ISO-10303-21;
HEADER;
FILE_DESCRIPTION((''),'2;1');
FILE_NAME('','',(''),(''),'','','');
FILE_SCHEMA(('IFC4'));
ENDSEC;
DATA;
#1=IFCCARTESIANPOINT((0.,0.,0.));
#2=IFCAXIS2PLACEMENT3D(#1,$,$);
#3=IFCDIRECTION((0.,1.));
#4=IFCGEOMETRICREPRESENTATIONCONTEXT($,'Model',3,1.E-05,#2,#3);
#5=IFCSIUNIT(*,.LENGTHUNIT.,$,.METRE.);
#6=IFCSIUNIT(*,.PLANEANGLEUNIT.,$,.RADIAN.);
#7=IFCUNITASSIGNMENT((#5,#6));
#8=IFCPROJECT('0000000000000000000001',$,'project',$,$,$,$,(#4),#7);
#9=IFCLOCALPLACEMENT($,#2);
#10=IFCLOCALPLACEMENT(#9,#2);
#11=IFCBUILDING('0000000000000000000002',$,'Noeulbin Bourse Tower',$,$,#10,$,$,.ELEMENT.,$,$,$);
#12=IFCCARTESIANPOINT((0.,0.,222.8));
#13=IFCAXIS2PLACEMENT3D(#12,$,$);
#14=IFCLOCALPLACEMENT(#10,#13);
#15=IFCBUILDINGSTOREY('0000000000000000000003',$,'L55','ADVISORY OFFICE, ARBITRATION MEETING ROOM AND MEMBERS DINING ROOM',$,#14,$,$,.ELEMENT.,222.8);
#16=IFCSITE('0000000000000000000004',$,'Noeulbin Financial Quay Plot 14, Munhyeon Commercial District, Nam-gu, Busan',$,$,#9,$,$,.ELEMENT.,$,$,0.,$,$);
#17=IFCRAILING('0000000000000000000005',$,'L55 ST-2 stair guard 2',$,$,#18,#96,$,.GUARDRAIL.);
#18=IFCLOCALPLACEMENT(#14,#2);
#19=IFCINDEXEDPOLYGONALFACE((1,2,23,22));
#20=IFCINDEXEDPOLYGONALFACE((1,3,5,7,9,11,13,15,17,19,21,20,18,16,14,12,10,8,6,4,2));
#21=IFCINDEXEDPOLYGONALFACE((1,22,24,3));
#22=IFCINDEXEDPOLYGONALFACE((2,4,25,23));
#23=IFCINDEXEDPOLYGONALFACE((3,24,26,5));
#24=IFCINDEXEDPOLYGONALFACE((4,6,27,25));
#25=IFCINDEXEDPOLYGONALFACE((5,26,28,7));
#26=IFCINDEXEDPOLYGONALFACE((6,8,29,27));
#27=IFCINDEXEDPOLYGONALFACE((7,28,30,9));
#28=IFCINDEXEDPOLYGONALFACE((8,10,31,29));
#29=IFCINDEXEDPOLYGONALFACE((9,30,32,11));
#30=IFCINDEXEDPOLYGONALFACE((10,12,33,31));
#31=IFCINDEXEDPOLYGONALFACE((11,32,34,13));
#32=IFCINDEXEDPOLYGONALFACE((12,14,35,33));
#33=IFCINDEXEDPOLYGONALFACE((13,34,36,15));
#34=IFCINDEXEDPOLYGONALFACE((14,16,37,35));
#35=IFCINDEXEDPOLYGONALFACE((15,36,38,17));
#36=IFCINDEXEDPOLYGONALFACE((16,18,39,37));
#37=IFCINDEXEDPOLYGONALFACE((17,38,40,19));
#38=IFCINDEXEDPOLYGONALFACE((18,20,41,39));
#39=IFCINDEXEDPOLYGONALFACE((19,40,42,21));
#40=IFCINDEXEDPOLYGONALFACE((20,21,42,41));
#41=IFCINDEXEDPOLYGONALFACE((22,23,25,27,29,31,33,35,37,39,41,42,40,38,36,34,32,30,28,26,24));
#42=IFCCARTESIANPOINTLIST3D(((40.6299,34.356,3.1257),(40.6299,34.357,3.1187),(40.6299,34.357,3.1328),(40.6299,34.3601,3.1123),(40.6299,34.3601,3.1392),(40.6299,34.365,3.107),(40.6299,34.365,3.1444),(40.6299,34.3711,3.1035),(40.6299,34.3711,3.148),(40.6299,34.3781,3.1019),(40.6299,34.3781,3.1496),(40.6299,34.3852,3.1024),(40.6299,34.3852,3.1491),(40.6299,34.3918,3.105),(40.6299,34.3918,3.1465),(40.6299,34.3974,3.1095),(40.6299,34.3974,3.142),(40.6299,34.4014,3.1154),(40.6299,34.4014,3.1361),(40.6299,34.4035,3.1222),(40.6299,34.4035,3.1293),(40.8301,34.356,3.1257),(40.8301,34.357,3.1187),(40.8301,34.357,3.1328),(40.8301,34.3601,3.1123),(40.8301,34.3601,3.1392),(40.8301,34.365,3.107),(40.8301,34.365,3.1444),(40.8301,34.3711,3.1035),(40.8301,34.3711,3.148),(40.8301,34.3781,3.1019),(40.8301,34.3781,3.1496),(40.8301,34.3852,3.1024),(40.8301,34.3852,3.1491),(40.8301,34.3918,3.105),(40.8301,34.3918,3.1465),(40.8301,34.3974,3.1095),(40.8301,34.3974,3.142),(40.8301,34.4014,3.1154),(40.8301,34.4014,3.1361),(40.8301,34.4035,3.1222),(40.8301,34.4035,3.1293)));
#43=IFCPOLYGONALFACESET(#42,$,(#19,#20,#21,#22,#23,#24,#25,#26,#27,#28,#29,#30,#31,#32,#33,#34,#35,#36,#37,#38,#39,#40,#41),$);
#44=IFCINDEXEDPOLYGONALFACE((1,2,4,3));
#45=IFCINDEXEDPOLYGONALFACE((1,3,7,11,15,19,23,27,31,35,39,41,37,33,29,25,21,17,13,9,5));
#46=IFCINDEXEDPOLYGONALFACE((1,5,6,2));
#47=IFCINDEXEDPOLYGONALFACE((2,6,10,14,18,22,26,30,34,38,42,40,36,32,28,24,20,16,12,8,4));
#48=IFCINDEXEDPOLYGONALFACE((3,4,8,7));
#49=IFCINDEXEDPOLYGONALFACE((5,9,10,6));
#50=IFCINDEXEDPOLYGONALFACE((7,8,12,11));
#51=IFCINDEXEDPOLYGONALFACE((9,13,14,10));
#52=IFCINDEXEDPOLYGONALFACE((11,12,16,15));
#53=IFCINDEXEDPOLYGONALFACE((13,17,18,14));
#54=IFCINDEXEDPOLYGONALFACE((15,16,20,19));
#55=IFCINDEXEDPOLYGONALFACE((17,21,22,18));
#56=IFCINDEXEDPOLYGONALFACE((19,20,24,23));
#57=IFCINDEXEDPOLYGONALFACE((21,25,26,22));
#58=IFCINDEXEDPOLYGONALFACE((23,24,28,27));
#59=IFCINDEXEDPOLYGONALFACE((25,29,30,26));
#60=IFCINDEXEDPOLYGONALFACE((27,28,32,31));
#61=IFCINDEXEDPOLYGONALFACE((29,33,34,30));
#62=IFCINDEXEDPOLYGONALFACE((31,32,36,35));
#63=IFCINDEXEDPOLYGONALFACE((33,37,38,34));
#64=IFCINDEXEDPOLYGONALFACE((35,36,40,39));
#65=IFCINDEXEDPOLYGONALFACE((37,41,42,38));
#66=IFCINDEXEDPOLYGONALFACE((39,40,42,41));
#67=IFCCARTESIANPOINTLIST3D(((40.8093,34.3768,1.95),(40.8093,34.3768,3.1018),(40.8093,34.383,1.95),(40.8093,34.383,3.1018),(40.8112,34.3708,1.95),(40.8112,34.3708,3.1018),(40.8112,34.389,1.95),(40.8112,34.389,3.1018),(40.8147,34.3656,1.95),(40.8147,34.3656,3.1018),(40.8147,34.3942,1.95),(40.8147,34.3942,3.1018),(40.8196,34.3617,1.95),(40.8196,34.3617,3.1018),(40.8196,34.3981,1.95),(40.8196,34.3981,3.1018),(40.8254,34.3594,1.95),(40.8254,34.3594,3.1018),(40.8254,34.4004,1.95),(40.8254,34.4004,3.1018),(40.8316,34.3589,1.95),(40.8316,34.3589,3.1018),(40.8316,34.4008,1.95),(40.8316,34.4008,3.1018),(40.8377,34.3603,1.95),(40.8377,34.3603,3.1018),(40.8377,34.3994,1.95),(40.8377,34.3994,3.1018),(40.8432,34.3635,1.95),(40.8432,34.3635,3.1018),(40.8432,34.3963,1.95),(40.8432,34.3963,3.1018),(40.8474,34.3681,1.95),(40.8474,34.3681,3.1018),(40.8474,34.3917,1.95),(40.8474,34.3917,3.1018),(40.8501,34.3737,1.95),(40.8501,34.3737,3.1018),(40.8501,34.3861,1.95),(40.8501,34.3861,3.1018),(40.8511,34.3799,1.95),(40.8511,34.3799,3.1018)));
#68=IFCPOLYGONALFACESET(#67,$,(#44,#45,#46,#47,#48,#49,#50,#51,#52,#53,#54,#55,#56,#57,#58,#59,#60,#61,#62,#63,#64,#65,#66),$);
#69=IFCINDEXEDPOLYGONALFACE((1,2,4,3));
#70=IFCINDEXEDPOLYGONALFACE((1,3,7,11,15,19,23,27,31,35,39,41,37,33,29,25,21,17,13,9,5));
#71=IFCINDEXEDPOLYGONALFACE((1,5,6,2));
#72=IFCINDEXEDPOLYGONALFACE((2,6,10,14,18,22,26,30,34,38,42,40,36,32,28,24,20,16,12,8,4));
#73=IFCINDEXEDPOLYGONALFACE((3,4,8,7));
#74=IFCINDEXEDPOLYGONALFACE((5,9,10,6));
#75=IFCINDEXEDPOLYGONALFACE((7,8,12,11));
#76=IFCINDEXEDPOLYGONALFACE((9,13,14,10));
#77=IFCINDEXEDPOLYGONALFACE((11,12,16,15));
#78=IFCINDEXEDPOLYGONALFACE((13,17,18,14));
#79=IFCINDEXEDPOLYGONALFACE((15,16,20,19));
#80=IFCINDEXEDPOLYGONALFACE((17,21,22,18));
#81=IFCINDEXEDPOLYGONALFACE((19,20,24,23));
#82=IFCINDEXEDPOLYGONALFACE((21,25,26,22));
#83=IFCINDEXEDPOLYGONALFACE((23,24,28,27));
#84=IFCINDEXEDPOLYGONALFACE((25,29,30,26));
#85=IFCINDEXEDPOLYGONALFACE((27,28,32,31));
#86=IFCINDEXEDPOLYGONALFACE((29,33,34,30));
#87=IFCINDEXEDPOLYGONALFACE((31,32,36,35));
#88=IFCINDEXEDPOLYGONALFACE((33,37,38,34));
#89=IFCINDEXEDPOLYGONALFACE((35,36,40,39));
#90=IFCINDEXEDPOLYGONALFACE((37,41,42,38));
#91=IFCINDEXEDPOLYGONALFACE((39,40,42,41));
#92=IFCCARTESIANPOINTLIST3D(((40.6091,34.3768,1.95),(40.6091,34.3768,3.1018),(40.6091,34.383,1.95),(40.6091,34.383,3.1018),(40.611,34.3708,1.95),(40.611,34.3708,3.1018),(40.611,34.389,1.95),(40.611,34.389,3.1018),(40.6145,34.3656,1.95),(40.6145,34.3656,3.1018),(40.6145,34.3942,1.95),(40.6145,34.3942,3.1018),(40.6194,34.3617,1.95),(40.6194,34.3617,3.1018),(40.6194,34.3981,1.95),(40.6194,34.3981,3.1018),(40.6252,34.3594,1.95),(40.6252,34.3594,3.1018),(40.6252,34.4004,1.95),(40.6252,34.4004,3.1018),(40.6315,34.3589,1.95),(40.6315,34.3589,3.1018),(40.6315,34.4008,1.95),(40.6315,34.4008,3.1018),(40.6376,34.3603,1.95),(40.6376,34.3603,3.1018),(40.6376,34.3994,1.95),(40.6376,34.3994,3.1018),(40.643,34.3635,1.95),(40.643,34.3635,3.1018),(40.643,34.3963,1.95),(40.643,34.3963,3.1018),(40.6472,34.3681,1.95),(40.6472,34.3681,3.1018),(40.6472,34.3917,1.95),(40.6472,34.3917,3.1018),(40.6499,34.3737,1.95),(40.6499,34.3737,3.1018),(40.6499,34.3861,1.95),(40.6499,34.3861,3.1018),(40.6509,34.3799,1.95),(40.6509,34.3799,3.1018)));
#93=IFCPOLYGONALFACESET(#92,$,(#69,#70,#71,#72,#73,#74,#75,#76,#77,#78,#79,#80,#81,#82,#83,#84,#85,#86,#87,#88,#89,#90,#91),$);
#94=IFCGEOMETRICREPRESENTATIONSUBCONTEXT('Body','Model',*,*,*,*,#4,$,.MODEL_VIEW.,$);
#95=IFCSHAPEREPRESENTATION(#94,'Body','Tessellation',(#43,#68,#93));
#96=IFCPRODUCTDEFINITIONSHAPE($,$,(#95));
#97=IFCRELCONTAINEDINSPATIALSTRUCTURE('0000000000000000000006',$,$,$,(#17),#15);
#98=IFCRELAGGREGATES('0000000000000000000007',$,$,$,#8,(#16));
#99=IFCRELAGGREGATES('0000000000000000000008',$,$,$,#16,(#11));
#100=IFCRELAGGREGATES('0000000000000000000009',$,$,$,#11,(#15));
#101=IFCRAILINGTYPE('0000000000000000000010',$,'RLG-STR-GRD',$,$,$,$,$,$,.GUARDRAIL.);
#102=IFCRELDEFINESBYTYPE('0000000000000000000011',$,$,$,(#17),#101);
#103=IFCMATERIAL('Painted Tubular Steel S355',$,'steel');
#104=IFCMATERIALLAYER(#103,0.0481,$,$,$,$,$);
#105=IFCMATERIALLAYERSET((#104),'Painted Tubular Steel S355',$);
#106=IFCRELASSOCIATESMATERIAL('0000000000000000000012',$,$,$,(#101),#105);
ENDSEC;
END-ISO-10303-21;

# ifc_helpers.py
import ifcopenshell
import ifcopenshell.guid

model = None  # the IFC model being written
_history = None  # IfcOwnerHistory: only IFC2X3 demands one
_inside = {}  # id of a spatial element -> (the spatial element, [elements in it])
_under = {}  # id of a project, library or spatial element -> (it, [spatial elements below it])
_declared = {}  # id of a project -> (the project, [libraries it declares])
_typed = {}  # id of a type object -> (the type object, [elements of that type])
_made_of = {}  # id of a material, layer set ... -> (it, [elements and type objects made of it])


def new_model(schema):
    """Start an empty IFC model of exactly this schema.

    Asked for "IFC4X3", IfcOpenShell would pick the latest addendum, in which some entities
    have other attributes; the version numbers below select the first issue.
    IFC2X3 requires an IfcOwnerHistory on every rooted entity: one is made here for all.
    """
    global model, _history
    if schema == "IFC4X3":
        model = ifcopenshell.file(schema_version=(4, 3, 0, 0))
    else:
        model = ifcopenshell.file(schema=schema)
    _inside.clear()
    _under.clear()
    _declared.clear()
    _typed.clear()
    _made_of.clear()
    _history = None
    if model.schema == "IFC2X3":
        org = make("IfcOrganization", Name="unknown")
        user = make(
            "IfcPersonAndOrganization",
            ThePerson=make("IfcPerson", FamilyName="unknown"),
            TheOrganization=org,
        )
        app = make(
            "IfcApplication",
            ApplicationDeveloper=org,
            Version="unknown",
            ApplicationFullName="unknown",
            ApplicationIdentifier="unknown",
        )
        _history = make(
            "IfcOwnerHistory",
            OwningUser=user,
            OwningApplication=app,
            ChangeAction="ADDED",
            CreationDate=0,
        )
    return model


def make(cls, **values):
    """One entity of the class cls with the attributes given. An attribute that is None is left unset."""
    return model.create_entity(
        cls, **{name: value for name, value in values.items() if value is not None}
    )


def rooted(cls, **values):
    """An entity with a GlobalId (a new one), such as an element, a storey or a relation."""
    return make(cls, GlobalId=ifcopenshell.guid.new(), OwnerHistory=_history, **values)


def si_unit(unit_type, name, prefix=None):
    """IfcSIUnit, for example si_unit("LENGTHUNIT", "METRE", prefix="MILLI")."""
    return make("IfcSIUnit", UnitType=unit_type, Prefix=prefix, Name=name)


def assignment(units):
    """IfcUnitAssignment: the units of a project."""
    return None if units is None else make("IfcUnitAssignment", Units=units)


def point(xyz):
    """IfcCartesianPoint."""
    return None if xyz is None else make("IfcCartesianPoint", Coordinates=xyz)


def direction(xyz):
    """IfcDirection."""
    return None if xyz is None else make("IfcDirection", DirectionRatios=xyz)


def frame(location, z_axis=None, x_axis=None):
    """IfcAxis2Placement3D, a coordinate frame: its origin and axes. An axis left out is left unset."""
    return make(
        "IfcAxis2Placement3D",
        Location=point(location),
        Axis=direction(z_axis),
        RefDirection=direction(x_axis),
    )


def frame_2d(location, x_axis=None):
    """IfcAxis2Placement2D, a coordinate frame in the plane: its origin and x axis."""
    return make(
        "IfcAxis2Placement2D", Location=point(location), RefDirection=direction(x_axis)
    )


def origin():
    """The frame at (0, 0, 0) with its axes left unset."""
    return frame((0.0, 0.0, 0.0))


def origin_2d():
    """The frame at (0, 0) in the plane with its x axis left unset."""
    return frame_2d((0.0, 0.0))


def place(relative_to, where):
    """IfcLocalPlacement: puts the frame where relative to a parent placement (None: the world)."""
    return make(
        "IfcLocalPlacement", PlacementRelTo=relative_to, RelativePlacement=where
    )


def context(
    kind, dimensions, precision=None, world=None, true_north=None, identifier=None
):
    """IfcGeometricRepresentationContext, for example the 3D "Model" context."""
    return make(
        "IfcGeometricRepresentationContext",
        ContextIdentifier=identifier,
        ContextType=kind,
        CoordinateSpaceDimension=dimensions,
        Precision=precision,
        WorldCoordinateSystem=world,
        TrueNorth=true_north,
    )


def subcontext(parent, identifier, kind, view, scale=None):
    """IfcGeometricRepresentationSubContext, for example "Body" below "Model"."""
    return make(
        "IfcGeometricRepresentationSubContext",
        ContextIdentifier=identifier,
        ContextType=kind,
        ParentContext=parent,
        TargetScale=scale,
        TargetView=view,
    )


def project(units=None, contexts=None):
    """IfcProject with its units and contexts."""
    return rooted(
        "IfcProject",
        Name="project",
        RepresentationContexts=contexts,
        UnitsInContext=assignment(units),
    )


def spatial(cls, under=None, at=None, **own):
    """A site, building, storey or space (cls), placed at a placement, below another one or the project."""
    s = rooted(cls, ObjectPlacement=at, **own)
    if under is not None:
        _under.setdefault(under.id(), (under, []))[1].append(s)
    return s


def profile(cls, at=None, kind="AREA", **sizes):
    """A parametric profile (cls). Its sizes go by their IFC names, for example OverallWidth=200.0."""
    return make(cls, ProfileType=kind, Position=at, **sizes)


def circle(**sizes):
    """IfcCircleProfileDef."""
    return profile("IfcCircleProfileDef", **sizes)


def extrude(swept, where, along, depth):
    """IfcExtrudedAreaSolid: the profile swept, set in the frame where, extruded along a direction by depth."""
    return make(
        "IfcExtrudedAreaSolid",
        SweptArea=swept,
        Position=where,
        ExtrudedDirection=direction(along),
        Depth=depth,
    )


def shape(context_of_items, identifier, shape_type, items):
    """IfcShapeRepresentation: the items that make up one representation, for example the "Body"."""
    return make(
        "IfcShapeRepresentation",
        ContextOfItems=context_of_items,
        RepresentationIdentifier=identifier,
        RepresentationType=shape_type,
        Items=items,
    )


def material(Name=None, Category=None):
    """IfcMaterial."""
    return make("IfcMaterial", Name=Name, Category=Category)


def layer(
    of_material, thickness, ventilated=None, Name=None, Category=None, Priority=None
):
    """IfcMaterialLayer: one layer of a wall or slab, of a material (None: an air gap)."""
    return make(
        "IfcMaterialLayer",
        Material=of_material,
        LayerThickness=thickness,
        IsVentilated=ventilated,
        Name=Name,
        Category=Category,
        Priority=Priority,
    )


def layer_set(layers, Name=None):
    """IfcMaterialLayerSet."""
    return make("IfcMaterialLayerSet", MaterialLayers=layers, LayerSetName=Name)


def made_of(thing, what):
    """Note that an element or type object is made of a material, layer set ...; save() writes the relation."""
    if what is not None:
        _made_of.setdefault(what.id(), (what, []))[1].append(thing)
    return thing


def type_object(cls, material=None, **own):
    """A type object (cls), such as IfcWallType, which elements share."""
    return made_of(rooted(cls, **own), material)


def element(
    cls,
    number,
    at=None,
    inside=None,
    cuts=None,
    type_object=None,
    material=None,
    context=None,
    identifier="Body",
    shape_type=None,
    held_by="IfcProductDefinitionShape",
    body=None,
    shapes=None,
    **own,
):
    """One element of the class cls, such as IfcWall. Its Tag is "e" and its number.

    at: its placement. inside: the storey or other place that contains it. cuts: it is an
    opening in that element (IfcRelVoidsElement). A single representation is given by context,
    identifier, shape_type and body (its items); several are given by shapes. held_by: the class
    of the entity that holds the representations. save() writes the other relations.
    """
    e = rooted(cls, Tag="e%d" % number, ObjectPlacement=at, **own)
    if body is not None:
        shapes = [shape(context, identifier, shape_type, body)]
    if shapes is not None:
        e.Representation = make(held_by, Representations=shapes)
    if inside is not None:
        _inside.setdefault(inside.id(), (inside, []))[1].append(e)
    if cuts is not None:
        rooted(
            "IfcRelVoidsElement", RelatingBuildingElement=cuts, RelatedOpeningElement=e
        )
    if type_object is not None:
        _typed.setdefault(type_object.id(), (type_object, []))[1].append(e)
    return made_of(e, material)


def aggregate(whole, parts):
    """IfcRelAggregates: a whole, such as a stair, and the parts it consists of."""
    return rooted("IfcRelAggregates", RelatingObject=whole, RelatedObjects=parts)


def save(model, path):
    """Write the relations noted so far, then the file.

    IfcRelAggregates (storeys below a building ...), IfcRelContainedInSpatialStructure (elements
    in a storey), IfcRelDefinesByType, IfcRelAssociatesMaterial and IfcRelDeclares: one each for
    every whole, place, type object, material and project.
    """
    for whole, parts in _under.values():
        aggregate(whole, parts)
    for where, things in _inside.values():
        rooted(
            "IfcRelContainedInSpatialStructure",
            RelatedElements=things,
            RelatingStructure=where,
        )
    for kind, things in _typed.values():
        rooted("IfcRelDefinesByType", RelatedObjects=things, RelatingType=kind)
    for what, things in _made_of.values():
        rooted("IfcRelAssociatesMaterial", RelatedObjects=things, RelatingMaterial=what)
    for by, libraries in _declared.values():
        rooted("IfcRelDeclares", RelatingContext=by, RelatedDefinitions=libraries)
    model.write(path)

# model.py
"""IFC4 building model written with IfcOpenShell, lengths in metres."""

from ifc_helpers import new_model, si_unit, direction, frame, origin, origin_2d, place, context, subcontext, project, spatial, circle, extrude, material, layer, layer_set, type_object, element, save


model = new_model("IFC4")

# Units and contexts
model_context = context("Model", 3, precision=1e-05, world=origin(), true_north=direction((0.0, 1.0)))
body_context = subcontext(model_context, "Body", "Model", "MODEL_VIEW")
ifc_project = project(units=[si_unit("LENGTHUNIT", "METRE"), si_unit("PLANEANGLEUNIT", "RADIAN")], contexts=[model_context])

# Site, building, storey
site_placement = place(None, origin())
site = spatial("IfcSite", under=ifc_project, at=site_placement, Name="Noeulbin Financial Quay Plot 14, Munhyeon Commercial District, Nam-gu, Busan", CompositionType="ELEMENT", RefElevation=0.0)
building_placement = place(site_placement, origin())
building = spatial("IfcBuilding", under=site, at=building_placement, Name="Noeulbin Bourse Tower", CompositionType="ELEMENT")
storey_placement = place(building_placement, frame((0.0, 0.0, 222.8)))
storey = spatial("IfcBuildingStorey", under=building, at=storey_placement, Name="L55", Description="ADVISORY OFFICE, ARBITRATION MEETING ROOM AND MEMBERS DINING ROOM", CompositionType="ELEMENT", Elevation=222.8)

# Railing
ifc_material_1 = material(Name="Painted Tubular Steel S355", Category="steel")
ifc_layer_1 = layer(ifc_material_1, 0.0481)
ifc_layer_set_1 = layer_set([ifc_layer_1], Name="Painted Tubular Steel S355")
railing_type_1 = type_object("IfcRailingType", Name="RLG-STR-GRD", PredefinedType="GUARDRAIL", material=ifc_layer_set_1)
railing_1_placement = place(storey_placement, frame((40.8301, 34.3799, 1.95)))
element("IfcRailing", 1, at=railing_1_placement, inside=storey, type_object=railing_type_1, Name="L55 ST-2 stair guard 2", PredefinedType="GUARDRAIL", context=body_context, shape_type="SweptSolid", body=[
    extrude(circle(Radius=0.0239, at=origin_2d()), frame((0.0, 0.0, 1.1758), z_axis=(-1.0, 0.0, 0.0), x_axis=(0.0, -1.0, 0.0)), (0.0, 0.0, 1.0), 0.2002),
    extrude(circle(Radius=0.021, at=origin_2d()), origin(), (0.0, 0.0, 1.0), 1.1519),
    extrude(circle(Radius=0.021, at=origin_2d()), frame((-0.2002, 0.0, 0.0)), (0.0, 0.0, 1.0), 1.1519),
])

save(model, "model.ifc")
